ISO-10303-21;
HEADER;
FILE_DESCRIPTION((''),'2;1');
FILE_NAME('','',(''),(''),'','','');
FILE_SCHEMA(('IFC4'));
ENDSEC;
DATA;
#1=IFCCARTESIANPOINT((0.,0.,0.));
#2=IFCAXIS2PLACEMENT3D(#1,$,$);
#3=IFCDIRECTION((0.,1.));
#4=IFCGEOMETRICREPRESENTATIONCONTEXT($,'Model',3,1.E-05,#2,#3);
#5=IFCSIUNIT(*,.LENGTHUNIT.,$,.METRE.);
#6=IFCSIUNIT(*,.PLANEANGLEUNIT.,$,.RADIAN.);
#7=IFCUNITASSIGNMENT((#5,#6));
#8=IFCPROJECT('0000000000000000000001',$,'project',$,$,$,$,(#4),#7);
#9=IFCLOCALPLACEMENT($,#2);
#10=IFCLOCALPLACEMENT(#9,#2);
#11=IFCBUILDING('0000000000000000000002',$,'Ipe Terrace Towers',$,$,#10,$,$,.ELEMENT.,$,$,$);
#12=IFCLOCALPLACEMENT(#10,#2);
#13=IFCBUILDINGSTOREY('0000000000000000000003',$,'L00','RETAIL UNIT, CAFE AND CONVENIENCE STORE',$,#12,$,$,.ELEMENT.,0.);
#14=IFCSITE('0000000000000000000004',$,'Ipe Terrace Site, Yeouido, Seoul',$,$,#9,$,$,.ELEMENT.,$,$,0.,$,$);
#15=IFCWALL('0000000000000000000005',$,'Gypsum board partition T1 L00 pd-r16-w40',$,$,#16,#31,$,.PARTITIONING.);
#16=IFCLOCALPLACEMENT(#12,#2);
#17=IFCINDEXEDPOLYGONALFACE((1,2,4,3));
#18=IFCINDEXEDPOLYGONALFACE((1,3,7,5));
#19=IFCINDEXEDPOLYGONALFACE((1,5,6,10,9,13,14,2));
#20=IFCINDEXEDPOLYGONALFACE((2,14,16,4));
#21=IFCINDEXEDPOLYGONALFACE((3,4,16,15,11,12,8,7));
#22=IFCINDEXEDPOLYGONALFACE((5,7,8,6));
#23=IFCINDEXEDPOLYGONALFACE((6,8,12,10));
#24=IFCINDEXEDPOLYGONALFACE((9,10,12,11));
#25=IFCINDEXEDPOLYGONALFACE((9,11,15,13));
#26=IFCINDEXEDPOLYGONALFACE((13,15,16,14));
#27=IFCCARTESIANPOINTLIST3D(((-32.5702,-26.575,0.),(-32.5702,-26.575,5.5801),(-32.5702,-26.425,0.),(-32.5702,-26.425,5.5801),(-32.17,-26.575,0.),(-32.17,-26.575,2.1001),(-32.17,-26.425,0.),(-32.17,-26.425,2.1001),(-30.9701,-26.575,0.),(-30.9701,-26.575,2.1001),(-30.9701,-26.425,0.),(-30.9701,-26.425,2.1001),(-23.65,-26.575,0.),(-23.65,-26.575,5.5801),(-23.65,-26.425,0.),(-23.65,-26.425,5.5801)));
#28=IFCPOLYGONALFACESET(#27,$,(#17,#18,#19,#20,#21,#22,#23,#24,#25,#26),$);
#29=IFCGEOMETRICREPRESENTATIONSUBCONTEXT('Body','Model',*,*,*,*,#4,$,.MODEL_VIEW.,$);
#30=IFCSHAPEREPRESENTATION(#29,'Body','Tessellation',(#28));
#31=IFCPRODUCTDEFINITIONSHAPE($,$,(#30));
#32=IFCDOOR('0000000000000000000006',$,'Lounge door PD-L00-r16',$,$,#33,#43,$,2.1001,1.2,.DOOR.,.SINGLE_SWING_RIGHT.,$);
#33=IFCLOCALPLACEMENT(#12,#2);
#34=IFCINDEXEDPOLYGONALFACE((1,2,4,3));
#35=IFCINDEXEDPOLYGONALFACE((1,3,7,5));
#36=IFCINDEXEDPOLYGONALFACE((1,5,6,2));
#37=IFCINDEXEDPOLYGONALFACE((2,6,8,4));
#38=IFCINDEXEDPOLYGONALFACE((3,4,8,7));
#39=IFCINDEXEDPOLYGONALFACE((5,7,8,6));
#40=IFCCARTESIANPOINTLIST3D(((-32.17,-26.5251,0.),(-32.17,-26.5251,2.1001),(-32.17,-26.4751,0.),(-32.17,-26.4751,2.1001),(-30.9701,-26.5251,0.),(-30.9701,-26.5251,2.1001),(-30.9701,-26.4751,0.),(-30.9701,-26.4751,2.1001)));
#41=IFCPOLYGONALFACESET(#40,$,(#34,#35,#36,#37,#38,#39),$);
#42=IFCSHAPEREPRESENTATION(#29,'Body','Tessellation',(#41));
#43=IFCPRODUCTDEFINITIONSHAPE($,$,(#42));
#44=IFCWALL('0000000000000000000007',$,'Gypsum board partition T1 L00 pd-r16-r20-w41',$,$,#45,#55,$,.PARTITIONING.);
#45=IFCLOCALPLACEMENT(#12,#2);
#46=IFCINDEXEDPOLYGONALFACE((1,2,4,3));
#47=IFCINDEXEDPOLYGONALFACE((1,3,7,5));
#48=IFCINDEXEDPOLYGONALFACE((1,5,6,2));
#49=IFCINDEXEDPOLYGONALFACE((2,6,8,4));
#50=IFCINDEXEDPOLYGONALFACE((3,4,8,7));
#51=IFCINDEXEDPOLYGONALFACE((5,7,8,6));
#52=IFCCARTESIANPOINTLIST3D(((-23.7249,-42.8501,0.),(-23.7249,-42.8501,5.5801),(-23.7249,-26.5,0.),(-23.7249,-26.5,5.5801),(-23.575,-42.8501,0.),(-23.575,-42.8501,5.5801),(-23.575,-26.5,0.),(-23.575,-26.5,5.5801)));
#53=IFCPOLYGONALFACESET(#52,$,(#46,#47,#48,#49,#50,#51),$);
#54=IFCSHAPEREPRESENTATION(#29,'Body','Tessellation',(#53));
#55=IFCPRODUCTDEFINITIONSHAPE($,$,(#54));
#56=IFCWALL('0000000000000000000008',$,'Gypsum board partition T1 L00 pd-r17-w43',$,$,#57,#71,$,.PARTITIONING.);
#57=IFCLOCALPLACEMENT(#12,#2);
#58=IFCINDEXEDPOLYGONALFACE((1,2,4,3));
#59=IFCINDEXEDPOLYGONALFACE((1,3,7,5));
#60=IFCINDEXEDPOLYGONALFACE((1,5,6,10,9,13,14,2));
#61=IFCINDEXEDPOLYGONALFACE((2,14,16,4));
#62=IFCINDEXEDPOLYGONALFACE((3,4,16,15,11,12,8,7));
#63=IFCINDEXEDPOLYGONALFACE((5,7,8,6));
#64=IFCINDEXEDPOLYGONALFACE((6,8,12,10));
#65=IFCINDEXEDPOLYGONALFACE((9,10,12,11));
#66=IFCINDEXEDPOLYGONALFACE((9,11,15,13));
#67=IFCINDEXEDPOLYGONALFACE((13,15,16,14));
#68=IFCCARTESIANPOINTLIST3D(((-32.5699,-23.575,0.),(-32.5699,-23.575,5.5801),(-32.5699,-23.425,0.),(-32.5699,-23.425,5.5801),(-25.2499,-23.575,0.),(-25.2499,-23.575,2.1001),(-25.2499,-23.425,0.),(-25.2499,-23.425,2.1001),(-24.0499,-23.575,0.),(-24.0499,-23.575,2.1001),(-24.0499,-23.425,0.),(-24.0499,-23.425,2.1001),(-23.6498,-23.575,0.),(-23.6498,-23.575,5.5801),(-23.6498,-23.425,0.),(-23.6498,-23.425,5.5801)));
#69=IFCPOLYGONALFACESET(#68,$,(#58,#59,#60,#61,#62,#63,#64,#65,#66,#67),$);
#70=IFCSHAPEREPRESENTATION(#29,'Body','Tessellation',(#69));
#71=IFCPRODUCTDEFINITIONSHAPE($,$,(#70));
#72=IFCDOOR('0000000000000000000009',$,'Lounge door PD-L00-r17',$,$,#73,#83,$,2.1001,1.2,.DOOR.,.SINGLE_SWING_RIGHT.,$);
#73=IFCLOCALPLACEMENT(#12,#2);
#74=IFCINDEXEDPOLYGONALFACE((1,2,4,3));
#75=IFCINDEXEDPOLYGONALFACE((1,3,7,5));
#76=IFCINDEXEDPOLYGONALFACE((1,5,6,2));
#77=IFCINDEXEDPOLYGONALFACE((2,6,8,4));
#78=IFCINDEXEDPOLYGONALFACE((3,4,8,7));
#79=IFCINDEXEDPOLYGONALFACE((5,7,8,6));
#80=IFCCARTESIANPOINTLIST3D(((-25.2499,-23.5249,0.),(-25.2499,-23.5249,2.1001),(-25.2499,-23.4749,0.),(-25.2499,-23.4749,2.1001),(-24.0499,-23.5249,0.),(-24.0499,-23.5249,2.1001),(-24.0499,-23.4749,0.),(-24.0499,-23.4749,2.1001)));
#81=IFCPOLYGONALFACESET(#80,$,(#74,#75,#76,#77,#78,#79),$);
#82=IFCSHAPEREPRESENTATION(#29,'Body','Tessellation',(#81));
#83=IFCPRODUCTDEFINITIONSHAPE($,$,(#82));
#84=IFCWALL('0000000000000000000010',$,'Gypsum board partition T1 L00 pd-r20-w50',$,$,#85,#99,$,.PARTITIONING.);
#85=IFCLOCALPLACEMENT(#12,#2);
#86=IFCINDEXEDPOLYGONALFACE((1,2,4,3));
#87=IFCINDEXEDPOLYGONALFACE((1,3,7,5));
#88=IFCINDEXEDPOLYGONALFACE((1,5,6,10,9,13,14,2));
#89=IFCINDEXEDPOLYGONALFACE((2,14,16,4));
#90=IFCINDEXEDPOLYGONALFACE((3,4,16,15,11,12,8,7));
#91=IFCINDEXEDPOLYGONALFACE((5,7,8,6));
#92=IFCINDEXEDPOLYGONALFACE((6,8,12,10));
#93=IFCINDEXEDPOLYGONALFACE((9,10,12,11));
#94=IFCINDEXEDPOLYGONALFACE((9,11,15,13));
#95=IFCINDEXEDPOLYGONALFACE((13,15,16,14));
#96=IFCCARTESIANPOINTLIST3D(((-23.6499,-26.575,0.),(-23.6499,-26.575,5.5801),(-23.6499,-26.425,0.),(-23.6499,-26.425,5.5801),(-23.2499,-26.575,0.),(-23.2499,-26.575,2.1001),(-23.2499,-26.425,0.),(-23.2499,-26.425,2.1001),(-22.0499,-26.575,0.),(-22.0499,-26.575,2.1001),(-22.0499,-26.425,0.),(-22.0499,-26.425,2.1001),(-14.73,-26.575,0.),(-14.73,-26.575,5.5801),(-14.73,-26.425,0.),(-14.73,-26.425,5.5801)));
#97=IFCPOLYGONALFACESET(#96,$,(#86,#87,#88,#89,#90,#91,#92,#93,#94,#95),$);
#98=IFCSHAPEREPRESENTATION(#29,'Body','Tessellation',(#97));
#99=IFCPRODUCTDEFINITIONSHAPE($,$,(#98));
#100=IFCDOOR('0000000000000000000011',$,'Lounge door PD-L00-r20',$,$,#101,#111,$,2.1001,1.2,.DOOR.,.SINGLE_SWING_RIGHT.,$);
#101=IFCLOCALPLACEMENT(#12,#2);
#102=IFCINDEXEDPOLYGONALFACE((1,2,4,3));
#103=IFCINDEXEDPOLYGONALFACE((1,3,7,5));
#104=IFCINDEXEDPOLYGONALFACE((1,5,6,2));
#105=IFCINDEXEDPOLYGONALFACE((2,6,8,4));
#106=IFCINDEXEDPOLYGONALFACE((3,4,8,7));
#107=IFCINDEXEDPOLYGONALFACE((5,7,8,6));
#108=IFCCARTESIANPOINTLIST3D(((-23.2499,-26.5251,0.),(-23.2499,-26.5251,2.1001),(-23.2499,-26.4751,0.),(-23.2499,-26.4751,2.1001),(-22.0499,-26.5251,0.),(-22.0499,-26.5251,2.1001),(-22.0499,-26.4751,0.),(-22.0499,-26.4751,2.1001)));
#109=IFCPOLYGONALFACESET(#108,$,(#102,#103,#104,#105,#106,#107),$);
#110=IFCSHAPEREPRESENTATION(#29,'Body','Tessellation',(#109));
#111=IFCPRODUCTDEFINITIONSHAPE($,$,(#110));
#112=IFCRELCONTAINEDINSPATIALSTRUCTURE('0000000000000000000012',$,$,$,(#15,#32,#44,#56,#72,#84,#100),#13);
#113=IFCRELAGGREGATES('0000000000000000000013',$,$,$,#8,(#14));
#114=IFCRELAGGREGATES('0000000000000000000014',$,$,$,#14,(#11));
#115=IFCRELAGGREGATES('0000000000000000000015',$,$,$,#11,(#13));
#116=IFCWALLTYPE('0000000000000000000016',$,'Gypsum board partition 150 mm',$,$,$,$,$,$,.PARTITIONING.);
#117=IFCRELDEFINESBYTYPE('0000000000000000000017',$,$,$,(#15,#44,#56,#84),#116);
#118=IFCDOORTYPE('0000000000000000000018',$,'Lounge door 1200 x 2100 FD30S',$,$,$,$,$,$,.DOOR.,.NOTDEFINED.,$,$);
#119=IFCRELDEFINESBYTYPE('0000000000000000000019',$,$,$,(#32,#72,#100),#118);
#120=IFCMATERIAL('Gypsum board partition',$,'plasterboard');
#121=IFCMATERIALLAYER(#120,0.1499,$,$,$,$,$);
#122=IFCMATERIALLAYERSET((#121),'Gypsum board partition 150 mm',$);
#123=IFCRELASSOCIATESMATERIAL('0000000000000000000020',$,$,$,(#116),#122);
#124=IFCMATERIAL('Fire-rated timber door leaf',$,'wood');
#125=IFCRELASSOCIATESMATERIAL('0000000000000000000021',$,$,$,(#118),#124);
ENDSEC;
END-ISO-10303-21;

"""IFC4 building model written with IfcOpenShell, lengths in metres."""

from ifc_helpers import new_model, si_unit, direction, frame, frame_2d, origin, place, context, subcontext, project, spatial, rectangle, extrude, material, layer, layer_set, type_object, element, fill, save


model = new_model("IFC4")

# Units and contexts
model_context = context("Model", 3, precision=1e-05, world=origin(), true_north=direction((0.0, 1.0)))
body_context = subcontext(model_context, "Body", "Model", "MODEL_VIEW")
ifc_project = project(units=[si_unit("LENGTHUNIT", "METRE"), si_unit("PLANEANGLEUNIT", "RADIAN")], contexts=[model_context])

# Site, building, storey
site_placement = place(None, origin())
site = spatial("IfcSite", under=ifc_project, at=site_placement, Name="Ipe Terrace Site, Yeouido, Seoul", CompositionType="ELEMENT", RefElevation=0.0)
building_placement = place(site_placement, origin())
building = spatial("IfcBuilding", under=site, at=building_placement, Name="Ipe Terrace Towers", CompositionType="ELEMENT")
storey_placement = place(building_placement, origin())
storey = spatial("IfcBuildingStorey", under=building, at=storey_placement, Name="L00", Description="RETAIL UNIT, CAFE AND CONVENIENCE STORE", CompositionType="ELEMENT", Elevation=0.0)

# Shared definitions
ifc_material_1 = material(Name="Gypsum board partition", Category="plasterboard")
ifc_layer = layer(ifc_material_1, 0.1499)
ifc_layer_set = layer_set([ifc_layer], Name="Gypsum board partition 150 mm")
wall_type = type_object("IfcWallType", Name="Gypsum board partition 150 mm", PredefinedType="PARTITIONING", material=ifc_layer_set)
ifc_material_2 = material(Name="Fire-rated timber door leaf", Category="wood")
door_type = type_object("IfcDoorType", Name="Lounge door 1200 x 2100 FD30S", OperationType="NOTDEFINED", PredefinedType="DOOR", material=ifc_material_2)

# Wall, opening, door
wall_1_placement = place(storey_placement, frame((-32.5701, -26.5, 0.0), z_axis=(0.0, 0.0, 1.0), x_axis=(1.0, 0.0, 0.0)))
wall_1 = element("IfcWall", 1, at=wall_1_placement, inside=storey, type_object=wall_type, Name="Gypsum board partition T1 L00 pd-r16-w40", PredefinedType="PARTITIONING", context=body_context, shape_type="SweptSolid", body=[
    extrude(rectangle(XDim=8.9202, YDim=0.1499, at=frame_2d((4.46, 0.0))), origin(), (0.0, 0.0, 1.0), 5.5801),
])
opening_1_placement = place(wall_1_placement, frame((0.3999, 0.0, 0.0)))
opening_1 = element("IfcOpeningElement", 2, at=opening_1_placement, cuts=wall_1, PredefinedType="OPENING", context=body_context, shape_type="SweptSolid", body=[
    extrude(rectangle(XDim=1.2, YDim=2.1001, at=frame_2d((0.6001, 1.05))), frame((0.0, 0.085, 0.0), z_axis=(0.0, -1.0, 0.0), x_axis=(1.0, 0.0, 0.0)), (0.0, 0.0, 1.0), 0.1699),
])
door_1_placement = place(opening_1_placement, origin())
door_1 = element("IfcDoor", 3, at=door_1_placement, inside=storey, type_object=door_type, Name="Lounge door PD-L00-r16", OperationType="SINGLE_SWING_RIGHT", OverallHeight=2.1001, OverallWidth=1.2, PredefinedType="DOOR", context=body_context, shape_type="SweptSolid", body=[
    extrude(rectangle(XDim=1.2, YDim=2.1001, at=frame_2d((0.6001, 1.05))), frame((0.0, 0.0249, 0.0), z_axis=(0.0, -1.0, 0.0), x_axis=(1.0, 0.0, 0.0)), (0.0, 0.0, 1.0), 0.05),
])
fill(opening_1, door_1)

# Wall
wall_2_placement = place(storey_placement, frame((-23.6499, -26.5, 0.0), z_axis=(0.0, 0.0, 1.0), x_axis=(0.0, -1.0, 0.0)))
element("IfcWall", 4, at=wall_2_placement, inside=storey, type_object=wall_type, Name="Gypsum board partition T1 L00 pd-r16-r20-w41", PredefinedType="PARTITIONING", context=body_context, shape_type="SweptSolid", body=[
    extrude(rectangle(XDim=16.3501, YDim=0.1499, at=frame_2d((8.175, 0.0))), origin(), (0.0, 0.0, 1.0), 5.5801),
])

# Walls, openings, doors
wall_3_placement = place(storey_placement, frame((-23.6499, -23.5, 0.0), z_axis=(0.0, 0.0, 1.0), x_axis=(-1.0, 0.0, 0.0)))
wall_3 = element("IfcWall", 5, at=wall_3_placement, inside=storey, type_object=wall_type, Name="Gypsum board partition T1 L00 pd-r17-w43", PredefinedType="PARTITIONING", context=body_context, shape_type="SweptSolid", body=[
    extrude(rectangle(XDim=8.9202, YDim=0.1499, at=frame_2d((4.46, 0.0))), origin(), (0.0, 0.0, 1.0), 5.5801),
])
opening_2_placement = place(wall_3_placement, frame((0.3999, 0.0, 0.0)))
opening_2 = element("IfcOpeningElement", 6, at=opening_2_placement, cuts=wall_3, PredefinedType="OPENING", context=body_context, shape_type="SweptSolid", body=[
    extrude(rectangle(XDim=1.2, YDim=2.1001, at=frame_2d((0.6001, 1.05))), frame((0.0, 0.085, 0.0), z_axis=(0.0, -1.0, 0.0), x_axis=(1.0, 0.0, 0.0)), (0.0, 0.0, 1.0), 0.1699),
])
door_2_placement = place(opening_2_placement, origin())
door_2 = element("IfcDoor", 7, at=door_2_placement, inside=storey, type_object=door_type, Name="Lounge door PD-L00-r17", OperationType="SINGLE_SWING_RIGHT", OverallHeight=2.1001, OverallWidth=1.2, PredefinedType="DOOR", context=body_context, shape_type="SweptSolid", body=[
    extrude(rectangle(XDim=1.2, YDim=2.1001, at=frame_2d((0.6001, 1.05))), frame((0.0, 0.0249, 0.0), z_axis=(0.0, -1.0, 0.0), x_axis=(1.0, 0.0, 0.0)), (0.0, 0.0, 1.0), 0.05),
])
fill(opening_2, door_2)
wall_4_placement = place(storey_placement, frame((-23.6499, -26.5, 0.0), z_axis=(0.0, 0.0, 1.0), x_axis=(1.0, 0.0, 0.0)))
wall_4 = element("IfcWall", 8, at=wall_4_placement, inside=storey, type_object=wall_type, Name="Gypsum board partition T1 L00 pd-r20-w50", PredefinedType="PARTITIONING", context=body_context, shape_type="SweptSolid", body=[
    extrude(rectangle(XDim=8.9199, YDim=0.1499, at=frame_2d((4.46, 0.0))), origin(), (0.0, 0.0, 1.0), 5.5801),
])
opening_3_placement = place(wall_4_placement, frame((0.3999, 0.0, 0.0)))
opening_3 = element("IfcOpeningElement", 9, at=opening_3_placement, cuts=wall_4, PredefinedType="OPENING", context=body_context, shape_type="SweptSolid", body=[
    extrude(rectangle(XDim=1.2, YDim=2.1001, at=frame_2d((0.6001, 1.05))), frame((0.0, 0.085, 0.0), z_axis=(0.0, -1.0, 0.0), x_axis=(1.0, 0.0, 0.0)), (0.0, 0.0, 1.0), 0.1699),
])
door_3_placement = place(opening_3_placement, origin())
door_3 = element("IfcDoor", 10, at=door_3_placement, inside=storey, type_object=door_type, Name="Lounge door PD-L00-r20", OperationType="SINGLE_SWING_RIGHT", OverallHeight=2.1001, OverallWidth=1.2, PredefinedType="DOOR", context=body_context, shape_type="SweptSolid", body=[
    extrude(rectangle(XDim=1.2, YDim=2.1001, at=frame_2d((0.6001, 1.05))), frame((0.0, 0.0249, 0.0), z_axis=(0.0, -1.0, 0.0), x_axis=(1.0, 0.0, 0.0)), (0.0, 0.0, 1.0), 0.05),
])
fill(opening_3, door_3)

save(model, "model.ifc")
